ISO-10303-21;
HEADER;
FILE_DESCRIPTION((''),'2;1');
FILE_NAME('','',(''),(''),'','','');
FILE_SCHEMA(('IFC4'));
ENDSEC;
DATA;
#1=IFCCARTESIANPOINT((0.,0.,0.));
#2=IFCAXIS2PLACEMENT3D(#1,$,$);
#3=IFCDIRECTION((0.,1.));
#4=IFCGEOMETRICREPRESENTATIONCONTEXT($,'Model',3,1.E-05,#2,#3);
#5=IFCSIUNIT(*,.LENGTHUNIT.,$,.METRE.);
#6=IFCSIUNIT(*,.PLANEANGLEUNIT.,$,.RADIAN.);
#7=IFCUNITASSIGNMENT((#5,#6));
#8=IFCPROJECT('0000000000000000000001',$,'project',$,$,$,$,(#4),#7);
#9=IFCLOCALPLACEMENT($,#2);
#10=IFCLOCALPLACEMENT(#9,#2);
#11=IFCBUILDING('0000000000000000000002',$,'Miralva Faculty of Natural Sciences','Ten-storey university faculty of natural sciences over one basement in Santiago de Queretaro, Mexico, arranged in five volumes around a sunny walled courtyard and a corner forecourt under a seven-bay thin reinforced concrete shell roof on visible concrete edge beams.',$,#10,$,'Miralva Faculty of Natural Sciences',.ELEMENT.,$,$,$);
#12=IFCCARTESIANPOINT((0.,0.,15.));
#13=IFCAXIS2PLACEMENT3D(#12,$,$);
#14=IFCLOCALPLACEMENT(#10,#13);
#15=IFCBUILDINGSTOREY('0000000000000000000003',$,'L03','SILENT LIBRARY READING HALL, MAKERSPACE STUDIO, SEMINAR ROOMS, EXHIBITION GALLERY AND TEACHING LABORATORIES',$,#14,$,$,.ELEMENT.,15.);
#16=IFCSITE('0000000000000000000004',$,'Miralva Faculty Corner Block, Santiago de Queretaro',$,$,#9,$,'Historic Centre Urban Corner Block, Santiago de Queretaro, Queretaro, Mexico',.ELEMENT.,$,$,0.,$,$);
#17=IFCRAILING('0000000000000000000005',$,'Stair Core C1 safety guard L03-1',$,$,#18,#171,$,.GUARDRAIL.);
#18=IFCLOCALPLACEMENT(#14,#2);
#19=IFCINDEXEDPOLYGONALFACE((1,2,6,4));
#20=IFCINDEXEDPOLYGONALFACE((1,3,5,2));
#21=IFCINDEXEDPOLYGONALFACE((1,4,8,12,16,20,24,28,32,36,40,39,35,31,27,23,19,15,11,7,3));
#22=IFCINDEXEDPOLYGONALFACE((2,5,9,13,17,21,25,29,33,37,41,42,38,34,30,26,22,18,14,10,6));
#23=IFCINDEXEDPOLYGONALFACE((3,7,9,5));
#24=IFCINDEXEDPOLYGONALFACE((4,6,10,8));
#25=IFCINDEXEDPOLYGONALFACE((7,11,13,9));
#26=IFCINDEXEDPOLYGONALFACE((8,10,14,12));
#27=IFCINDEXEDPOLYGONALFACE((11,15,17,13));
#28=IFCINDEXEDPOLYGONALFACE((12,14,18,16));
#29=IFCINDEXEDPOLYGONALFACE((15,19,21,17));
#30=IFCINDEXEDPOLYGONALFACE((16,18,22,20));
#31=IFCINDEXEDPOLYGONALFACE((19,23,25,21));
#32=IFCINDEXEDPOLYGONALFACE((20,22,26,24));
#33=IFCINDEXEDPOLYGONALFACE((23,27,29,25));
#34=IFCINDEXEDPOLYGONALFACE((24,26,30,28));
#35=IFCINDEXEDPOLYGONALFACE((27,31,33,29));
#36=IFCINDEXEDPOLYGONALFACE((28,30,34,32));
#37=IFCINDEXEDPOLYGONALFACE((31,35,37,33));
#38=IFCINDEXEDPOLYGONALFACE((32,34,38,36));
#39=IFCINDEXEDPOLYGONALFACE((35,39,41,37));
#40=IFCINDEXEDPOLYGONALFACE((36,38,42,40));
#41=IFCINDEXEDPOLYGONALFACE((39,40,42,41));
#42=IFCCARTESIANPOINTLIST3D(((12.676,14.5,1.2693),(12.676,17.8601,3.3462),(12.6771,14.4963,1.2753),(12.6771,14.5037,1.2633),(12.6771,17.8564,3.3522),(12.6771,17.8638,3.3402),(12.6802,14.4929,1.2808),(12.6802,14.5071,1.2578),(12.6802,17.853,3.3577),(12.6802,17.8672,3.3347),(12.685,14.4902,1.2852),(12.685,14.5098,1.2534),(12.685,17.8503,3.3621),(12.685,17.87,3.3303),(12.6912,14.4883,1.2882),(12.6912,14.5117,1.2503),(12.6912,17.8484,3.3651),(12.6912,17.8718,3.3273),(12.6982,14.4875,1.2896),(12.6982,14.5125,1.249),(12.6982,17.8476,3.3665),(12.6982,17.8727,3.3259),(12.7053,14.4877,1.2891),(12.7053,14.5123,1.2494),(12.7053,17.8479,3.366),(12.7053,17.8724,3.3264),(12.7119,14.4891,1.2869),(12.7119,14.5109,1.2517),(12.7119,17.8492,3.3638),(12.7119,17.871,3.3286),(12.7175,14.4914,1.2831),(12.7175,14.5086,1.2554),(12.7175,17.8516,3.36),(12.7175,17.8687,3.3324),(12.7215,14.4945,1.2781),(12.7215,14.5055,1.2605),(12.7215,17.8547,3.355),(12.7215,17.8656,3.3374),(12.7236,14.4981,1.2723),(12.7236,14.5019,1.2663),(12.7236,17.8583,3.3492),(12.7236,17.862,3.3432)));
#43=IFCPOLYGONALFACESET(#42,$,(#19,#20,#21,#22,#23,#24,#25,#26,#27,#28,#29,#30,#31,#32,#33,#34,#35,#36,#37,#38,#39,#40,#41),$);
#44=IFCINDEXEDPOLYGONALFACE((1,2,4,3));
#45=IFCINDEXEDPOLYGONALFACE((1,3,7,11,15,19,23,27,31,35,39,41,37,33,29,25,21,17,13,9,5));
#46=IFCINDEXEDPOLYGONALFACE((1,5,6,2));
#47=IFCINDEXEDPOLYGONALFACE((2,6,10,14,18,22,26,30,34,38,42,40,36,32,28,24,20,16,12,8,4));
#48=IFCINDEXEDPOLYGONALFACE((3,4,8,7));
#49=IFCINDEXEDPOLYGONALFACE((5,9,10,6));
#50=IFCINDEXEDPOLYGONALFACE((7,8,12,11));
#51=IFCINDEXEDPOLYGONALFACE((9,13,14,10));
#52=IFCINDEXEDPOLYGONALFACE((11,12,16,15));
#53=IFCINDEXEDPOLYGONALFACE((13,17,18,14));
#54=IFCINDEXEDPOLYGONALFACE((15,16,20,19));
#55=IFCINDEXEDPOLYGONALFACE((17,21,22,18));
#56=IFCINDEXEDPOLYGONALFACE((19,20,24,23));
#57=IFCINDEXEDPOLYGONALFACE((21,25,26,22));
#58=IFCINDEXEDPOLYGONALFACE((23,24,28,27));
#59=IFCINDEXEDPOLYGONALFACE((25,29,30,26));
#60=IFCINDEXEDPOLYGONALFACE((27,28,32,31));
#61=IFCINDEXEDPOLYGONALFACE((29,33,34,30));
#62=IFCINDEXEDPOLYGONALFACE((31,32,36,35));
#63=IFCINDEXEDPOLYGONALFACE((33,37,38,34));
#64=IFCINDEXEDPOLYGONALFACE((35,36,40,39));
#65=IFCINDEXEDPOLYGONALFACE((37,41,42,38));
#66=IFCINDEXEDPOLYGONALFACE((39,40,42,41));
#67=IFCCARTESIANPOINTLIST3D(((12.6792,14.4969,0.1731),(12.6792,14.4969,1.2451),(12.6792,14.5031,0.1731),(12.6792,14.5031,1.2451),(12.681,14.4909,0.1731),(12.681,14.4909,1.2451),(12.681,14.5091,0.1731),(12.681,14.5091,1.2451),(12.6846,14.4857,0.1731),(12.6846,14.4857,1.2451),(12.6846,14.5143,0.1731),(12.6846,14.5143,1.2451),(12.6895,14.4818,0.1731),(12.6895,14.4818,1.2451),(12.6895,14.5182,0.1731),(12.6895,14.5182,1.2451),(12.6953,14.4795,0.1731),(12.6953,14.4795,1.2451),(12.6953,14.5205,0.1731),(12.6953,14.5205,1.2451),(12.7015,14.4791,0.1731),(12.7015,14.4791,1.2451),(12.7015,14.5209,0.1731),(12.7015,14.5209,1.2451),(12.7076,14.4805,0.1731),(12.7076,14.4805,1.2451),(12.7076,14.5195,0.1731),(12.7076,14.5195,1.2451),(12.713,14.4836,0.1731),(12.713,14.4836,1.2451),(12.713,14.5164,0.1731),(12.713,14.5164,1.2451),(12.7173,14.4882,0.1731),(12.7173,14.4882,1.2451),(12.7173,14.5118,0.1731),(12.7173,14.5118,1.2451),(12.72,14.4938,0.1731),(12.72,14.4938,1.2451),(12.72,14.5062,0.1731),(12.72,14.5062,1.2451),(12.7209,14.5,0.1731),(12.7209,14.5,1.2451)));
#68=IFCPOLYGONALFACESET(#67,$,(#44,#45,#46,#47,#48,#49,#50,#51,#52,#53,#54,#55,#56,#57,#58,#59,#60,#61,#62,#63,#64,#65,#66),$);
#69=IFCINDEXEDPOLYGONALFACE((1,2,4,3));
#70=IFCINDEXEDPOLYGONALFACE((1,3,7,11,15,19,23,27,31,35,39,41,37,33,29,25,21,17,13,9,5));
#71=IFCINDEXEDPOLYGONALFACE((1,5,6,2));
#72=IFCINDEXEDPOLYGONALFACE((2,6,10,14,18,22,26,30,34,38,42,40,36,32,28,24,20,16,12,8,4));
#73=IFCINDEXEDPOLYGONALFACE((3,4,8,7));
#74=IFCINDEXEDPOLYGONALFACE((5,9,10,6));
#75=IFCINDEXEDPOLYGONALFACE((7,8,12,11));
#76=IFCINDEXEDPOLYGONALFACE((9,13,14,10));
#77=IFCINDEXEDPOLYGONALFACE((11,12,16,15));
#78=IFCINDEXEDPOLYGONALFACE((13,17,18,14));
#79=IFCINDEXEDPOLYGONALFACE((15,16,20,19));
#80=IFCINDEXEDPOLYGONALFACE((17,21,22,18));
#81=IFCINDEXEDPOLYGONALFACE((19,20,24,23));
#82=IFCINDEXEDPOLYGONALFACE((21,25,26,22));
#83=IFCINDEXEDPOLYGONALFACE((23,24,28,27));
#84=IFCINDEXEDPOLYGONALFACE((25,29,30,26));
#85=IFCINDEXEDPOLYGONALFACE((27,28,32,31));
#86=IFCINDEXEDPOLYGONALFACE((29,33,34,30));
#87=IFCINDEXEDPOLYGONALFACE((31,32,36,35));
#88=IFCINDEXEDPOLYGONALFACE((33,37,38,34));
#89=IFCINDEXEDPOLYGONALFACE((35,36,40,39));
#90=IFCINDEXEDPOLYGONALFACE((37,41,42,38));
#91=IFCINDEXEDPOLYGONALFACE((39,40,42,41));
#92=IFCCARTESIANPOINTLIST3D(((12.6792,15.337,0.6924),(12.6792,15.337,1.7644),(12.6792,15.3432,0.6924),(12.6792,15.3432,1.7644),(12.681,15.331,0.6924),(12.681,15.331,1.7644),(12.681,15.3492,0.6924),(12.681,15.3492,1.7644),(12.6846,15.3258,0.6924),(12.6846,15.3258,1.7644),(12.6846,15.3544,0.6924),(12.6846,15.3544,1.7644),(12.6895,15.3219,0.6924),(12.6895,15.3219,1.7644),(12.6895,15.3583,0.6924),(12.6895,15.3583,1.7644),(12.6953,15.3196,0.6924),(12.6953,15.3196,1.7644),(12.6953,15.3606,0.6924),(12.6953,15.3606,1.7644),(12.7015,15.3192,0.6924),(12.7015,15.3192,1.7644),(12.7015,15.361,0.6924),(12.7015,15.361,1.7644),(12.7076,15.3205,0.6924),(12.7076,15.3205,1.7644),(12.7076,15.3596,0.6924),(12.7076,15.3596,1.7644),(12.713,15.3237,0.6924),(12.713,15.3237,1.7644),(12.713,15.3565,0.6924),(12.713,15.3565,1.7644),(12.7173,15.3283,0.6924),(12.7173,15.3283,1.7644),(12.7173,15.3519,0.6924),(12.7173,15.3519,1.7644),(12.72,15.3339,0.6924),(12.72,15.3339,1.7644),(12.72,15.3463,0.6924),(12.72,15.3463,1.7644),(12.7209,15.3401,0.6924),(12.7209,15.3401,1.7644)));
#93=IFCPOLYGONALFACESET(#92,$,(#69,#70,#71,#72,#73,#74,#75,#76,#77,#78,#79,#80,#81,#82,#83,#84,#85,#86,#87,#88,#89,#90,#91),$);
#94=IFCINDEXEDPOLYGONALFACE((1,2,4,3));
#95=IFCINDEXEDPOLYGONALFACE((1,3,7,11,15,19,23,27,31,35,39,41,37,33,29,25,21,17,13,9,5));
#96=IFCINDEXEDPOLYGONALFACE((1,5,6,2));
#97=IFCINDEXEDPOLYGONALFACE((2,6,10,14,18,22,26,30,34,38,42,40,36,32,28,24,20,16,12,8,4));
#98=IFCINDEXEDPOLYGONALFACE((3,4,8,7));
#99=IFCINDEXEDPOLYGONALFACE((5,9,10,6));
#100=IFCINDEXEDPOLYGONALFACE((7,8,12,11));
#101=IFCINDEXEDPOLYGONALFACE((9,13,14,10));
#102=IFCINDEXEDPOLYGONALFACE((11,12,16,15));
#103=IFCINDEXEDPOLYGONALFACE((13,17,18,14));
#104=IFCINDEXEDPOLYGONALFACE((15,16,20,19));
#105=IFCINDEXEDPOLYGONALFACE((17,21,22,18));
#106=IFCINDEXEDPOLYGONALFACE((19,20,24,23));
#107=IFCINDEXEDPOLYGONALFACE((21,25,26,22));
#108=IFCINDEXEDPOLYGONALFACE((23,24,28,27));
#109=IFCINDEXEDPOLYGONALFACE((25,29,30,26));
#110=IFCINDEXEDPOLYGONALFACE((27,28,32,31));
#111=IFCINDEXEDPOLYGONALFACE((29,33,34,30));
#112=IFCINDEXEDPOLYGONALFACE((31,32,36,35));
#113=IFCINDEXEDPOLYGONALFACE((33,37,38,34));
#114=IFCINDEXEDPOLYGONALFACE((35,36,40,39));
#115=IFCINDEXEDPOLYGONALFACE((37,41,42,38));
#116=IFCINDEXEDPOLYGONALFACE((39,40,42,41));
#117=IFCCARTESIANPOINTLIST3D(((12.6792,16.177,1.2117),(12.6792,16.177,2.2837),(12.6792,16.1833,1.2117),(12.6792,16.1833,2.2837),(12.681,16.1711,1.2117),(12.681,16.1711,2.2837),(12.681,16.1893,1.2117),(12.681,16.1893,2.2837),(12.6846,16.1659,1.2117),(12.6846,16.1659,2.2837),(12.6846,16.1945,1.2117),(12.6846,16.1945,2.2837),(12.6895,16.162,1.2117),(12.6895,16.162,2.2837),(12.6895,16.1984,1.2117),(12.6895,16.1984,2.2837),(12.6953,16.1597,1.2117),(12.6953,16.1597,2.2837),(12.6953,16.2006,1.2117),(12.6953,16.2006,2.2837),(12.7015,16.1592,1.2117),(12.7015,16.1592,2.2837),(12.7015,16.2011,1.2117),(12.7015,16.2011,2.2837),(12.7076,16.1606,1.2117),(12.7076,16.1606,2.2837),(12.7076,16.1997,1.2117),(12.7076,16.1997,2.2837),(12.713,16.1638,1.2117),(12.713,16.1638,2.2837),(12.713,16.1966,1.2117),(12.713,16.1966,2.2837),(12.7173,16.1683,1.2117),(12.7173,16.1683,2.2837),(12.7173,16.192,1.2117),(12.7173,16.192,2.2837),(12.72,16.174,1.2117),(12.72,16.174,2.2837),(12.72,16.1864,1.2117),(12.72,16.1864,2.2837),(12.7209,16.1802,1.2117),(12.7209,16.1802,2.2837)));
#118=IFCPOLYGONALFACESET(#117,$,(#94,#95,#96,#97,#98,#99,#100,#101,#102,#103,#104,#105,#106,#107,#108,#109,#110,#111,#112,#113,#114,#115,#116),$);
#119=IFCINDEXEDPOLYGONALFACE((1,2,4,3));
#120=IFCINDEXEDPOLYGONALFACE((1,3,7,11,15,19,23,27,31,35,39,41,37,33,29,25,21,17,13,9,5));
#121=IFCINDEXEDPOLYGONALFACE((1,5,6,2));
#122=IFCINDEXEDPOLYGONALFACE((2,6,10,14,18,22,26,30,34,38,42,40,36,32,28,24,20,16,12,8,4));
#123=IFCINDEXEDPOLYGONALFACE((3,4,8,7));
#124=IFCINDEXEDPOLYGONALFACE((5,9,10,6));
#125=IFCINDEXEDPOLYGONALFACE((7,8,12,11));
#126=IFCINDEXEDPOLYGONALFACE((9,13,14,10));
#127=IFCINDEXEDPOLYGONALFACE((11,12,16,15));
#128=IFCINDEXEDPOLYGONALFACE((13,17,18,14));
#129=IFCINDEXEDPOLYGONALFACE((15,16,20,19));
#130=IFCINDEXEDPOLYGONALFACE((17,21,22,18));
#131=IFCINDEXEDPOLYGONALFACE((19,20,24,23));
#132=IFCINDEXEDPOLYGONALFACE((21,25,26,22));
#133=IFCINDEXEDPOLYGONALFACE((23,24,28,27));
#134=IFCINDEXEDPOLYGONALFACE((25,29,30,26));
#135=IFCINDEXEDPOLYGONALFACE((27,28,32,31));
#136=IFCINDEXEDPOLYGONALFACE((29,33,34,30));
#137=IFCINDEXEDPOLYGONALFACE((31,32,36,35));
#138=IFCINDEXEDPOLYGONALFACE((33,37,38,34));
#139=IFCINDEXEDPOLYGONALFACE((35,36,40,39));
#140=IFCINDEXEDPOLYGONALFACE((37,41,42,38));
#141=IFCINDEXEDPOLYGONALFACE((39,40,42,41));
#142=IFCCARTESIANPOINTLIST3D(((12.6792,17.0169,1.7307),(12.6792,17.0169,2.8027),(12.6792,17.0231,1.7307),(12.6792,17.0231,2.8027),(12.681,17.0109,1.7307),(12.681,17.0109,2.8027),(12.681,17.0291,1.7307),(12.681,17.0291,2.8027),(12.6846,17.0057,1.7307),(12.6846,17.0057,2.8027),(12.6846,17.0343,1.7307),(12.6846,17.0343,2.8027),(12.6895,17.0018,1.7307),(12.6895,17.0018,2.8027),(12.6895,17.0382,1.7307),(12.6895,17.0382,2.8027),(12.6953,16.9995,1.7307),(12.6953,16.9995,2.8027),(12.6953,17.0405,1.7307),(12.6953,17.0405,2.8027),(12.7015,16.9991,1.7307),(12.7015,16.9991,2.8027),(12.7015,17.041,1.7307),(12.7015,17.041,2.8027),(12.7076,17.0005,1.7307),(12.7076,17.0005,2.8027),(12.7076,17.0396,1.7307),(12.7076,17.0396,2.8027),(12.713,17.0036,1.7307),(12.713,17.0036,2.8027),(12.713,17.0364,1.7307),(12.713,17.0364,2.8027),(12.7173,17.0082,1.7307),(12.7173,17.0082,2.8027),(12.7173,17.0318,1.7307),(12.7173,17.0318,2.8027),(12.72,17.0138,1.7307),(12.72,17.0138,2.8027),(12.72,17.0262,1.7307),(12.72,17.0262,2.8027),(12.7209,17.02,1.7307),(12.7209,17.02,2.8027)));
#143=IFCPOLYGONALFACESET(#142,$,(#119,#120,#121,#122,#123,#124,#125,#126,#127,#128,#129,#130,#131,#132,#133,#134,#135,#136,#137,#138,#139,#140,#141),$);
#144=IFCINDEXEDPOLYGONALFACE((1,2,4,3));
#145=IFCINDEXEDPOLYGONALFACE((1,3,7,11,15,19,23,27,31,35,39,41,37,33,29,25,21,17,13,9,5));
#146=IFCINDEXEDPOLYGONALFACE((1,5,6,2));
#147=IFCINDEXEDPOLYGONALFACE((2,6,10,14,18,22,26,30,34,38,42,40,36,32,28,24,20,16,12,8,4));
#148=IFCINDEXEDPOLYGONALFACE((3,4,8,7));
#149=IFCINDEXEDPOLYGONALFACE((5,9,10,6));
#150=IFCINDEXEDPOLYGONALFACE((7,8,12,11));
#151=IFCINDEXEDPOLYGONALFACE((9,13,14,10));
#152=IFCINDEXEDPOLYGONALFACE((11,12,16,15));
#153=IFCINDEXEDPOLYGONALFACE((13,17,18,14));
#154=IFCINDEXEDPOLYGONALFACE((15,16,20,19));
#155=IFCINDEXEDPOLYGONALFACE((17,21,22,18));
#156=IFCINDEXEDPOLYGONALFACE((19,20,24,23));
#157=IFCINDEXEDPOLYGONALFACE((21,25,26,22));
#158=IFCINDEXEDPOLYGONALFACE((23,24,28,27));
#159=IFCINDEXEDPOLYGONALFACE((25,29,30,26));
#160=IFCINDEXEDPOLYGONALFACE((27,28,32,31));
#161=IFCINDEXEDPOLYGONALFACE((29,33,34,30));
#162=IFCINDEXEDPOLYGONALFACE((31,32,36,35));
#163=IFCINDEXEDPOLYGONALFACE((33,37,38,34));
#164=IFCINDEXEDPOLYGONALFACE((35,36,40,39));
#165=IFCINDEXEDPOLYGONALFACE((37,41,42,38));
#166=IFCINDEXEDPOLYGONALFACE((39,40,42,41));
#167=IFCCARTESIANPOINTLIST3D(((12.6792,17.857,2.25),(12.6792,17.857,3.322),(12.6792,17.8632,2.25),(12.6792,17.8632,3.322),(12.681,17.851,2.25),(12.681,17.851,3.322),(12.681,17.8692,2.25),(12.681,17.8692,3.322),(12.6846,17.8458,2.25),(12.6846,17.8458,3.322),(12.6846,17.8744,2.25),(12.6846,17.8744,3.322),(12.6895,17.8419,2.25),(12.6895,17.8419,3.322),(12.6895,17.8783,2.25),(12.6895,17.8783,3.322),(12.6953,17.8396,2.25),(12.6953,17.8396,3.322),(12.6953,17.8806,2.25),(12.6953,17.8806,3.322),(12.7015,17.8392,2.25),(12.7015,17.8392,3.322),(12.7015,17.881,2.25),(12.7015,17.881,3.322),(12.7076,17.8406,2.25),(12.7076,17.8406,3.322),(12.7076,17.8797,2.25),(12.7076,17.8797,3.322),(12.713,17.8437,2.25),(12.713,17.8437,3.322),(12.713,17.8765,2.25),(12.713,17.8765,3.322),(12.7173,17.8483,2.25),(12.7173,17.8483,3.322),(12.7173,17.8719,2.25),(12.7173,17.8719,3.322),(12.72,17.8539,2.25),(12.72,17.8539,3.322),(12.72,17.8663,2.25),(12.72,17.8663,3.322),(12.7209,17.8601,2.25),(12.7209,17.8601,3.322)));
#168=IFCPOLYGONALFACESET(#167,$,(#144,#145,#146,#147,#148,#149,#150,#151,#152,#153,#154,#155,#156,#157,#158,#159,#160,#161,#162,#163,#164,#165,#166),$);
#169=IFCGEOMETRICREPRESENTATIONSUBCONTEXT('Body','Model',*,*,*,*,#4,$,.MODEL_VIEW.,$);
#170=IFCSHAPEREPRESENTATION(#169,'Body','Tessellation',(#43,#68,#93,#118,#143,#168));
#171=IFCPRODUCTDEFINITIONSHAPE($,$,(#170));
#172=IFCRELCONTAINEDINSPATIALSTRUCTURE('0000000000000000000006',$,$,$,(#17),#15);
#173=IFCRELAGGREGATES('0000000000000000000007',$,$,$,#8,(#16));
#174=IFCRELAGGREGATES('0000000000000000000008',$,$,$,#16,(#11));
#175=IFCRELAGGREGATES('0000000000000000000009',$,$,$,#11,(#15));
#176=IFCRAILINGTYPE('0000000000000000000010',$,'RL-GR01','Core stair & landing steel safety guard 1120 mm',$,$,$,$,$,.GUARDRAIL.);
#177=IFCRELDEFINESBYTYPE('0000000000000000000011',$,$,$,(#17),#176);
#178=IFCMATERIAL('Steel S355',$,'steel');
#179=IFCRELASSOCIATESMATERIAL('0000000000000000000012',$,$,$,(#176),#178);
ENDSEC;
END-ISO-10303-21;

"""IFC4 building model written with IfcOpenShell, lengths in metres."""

from ifc_helpers import new_model, si_unit, direction, frame, origin, origin_2d, place, context, subcontext, project, spatial, circle, extrude, material, type_object, element, save


model = new_model("IFC4")

# Units and contexts
model_context = context("Model", 3, precision=1e-05, world=origin(), true_north=direction((0.0, 1.0)))
body_context = subcontext(model_context, "Body", "Model", "MODEL_VIEW")
ifc_project = project(units=[si_unit("LENGTHUNIT", "METRE"), si_unit("PLANEANGLEUNIT", "RADIAN")], contexts=[model_context])

# Site, building, storey
site_placement = place(None, origin())
site = spatial("IfcSite", under=ifc_project, at=site_placement, Name="Miralva Faculty Corner Block, Santiago de Queretaro", LongName="Historic Centre Urban Corner Block, Santiago de Queretaro, Queretaro, Mexico", CompositionType="ELEMENT", RefElevation=0.0)
building_placement = place(site_placement, origin())
building = spatial("IfcBuilding", under=site, at=building_placement, Name="Miralva Faculty of Natural Sciences", Description="Ten-storey university faculty of natural sciences over one basement in Santiago de Queretaro, Mexico, arranged in five volumes around a sunny walled courtyard and a corner forecourt under a seven-bay thin reinforced concrete shell roof on visible concrete edge beams.", LongName="Miralva Faculty of Natural Sciences", CompositionType="ELEMENT")
storey_placement = place(building_placement, frame((0.0, 0.0, 15.0)))
storey = spatial("IfcBuildingStorey", under=building, at=storey_placement, Name="L03", Description="SILENT LIBRARY READING HALL, MAKERSPACE STUDIO, SEMINAR ROOMS, EXHIBITION GALLERY AND TEACHING LABORATORIES", CompositionType="ELEMENT", Elevation=15.0)

# Railing
ifc_material_1 = material(Name="Steel S355", Category="steel")
railing_type_1 = type_object("IfcRailingType", Name="RL-GR01", Description="Core stair & landing steel safety guard 1120 mm", PredefinedType="GUARDRAIL", material=ifc_material_1)
railing_1_placement = place(storey_placement, frame((12.7, 14.5, 0.1731)))
element("IfcRailing", 1, at=railing_1_placement, inside=storey, type_object=railing_type_1, Name="Stair Core C1 safety guard L03-1", PredefinedType="GUARDRAIL", context=body_context, shape_type="SweptSolid", body=[
    extrude(circle(Radius=0.0239, at=origin_2d()), frame((0.0, 0.0, 1.0962), z_axis=(0.0, 0.850623, 0.525776), x_axis=(-1.0, 0.0, 0.0)), (0.0, 0.0, 1.0), 3.9502),
    extrude(circle(Radius=0.021, at=origin_2d()), origin(), (0.0, 0.0, 1.0), 1.072),
    extrude(circle(Radius=0.021, at=origin_2d()), frame((0.0, 0.8401, 0.5193)), (0.0, 0.0, 1.0), 1.072),
    extrude(circle(Radius=0.021, at=origin_2d()), frame((0.0, 1.6802, 1.0386)), (0.0, 0.0, 1.0), 1.072),
    extrude(circle(Radius=0.021, at=origin_2d()), frame((0.0, 2.52, 1.5576)), (0.0, 0.0, 1.0), 1.072),
    extrude(circle(Radius=0.021, at=origin_2d()), frame((0.0, 3.3601, 2.0769)), (0.0, 0.0, 1.0), 1.072),
])

save(model, "model.ifc")
